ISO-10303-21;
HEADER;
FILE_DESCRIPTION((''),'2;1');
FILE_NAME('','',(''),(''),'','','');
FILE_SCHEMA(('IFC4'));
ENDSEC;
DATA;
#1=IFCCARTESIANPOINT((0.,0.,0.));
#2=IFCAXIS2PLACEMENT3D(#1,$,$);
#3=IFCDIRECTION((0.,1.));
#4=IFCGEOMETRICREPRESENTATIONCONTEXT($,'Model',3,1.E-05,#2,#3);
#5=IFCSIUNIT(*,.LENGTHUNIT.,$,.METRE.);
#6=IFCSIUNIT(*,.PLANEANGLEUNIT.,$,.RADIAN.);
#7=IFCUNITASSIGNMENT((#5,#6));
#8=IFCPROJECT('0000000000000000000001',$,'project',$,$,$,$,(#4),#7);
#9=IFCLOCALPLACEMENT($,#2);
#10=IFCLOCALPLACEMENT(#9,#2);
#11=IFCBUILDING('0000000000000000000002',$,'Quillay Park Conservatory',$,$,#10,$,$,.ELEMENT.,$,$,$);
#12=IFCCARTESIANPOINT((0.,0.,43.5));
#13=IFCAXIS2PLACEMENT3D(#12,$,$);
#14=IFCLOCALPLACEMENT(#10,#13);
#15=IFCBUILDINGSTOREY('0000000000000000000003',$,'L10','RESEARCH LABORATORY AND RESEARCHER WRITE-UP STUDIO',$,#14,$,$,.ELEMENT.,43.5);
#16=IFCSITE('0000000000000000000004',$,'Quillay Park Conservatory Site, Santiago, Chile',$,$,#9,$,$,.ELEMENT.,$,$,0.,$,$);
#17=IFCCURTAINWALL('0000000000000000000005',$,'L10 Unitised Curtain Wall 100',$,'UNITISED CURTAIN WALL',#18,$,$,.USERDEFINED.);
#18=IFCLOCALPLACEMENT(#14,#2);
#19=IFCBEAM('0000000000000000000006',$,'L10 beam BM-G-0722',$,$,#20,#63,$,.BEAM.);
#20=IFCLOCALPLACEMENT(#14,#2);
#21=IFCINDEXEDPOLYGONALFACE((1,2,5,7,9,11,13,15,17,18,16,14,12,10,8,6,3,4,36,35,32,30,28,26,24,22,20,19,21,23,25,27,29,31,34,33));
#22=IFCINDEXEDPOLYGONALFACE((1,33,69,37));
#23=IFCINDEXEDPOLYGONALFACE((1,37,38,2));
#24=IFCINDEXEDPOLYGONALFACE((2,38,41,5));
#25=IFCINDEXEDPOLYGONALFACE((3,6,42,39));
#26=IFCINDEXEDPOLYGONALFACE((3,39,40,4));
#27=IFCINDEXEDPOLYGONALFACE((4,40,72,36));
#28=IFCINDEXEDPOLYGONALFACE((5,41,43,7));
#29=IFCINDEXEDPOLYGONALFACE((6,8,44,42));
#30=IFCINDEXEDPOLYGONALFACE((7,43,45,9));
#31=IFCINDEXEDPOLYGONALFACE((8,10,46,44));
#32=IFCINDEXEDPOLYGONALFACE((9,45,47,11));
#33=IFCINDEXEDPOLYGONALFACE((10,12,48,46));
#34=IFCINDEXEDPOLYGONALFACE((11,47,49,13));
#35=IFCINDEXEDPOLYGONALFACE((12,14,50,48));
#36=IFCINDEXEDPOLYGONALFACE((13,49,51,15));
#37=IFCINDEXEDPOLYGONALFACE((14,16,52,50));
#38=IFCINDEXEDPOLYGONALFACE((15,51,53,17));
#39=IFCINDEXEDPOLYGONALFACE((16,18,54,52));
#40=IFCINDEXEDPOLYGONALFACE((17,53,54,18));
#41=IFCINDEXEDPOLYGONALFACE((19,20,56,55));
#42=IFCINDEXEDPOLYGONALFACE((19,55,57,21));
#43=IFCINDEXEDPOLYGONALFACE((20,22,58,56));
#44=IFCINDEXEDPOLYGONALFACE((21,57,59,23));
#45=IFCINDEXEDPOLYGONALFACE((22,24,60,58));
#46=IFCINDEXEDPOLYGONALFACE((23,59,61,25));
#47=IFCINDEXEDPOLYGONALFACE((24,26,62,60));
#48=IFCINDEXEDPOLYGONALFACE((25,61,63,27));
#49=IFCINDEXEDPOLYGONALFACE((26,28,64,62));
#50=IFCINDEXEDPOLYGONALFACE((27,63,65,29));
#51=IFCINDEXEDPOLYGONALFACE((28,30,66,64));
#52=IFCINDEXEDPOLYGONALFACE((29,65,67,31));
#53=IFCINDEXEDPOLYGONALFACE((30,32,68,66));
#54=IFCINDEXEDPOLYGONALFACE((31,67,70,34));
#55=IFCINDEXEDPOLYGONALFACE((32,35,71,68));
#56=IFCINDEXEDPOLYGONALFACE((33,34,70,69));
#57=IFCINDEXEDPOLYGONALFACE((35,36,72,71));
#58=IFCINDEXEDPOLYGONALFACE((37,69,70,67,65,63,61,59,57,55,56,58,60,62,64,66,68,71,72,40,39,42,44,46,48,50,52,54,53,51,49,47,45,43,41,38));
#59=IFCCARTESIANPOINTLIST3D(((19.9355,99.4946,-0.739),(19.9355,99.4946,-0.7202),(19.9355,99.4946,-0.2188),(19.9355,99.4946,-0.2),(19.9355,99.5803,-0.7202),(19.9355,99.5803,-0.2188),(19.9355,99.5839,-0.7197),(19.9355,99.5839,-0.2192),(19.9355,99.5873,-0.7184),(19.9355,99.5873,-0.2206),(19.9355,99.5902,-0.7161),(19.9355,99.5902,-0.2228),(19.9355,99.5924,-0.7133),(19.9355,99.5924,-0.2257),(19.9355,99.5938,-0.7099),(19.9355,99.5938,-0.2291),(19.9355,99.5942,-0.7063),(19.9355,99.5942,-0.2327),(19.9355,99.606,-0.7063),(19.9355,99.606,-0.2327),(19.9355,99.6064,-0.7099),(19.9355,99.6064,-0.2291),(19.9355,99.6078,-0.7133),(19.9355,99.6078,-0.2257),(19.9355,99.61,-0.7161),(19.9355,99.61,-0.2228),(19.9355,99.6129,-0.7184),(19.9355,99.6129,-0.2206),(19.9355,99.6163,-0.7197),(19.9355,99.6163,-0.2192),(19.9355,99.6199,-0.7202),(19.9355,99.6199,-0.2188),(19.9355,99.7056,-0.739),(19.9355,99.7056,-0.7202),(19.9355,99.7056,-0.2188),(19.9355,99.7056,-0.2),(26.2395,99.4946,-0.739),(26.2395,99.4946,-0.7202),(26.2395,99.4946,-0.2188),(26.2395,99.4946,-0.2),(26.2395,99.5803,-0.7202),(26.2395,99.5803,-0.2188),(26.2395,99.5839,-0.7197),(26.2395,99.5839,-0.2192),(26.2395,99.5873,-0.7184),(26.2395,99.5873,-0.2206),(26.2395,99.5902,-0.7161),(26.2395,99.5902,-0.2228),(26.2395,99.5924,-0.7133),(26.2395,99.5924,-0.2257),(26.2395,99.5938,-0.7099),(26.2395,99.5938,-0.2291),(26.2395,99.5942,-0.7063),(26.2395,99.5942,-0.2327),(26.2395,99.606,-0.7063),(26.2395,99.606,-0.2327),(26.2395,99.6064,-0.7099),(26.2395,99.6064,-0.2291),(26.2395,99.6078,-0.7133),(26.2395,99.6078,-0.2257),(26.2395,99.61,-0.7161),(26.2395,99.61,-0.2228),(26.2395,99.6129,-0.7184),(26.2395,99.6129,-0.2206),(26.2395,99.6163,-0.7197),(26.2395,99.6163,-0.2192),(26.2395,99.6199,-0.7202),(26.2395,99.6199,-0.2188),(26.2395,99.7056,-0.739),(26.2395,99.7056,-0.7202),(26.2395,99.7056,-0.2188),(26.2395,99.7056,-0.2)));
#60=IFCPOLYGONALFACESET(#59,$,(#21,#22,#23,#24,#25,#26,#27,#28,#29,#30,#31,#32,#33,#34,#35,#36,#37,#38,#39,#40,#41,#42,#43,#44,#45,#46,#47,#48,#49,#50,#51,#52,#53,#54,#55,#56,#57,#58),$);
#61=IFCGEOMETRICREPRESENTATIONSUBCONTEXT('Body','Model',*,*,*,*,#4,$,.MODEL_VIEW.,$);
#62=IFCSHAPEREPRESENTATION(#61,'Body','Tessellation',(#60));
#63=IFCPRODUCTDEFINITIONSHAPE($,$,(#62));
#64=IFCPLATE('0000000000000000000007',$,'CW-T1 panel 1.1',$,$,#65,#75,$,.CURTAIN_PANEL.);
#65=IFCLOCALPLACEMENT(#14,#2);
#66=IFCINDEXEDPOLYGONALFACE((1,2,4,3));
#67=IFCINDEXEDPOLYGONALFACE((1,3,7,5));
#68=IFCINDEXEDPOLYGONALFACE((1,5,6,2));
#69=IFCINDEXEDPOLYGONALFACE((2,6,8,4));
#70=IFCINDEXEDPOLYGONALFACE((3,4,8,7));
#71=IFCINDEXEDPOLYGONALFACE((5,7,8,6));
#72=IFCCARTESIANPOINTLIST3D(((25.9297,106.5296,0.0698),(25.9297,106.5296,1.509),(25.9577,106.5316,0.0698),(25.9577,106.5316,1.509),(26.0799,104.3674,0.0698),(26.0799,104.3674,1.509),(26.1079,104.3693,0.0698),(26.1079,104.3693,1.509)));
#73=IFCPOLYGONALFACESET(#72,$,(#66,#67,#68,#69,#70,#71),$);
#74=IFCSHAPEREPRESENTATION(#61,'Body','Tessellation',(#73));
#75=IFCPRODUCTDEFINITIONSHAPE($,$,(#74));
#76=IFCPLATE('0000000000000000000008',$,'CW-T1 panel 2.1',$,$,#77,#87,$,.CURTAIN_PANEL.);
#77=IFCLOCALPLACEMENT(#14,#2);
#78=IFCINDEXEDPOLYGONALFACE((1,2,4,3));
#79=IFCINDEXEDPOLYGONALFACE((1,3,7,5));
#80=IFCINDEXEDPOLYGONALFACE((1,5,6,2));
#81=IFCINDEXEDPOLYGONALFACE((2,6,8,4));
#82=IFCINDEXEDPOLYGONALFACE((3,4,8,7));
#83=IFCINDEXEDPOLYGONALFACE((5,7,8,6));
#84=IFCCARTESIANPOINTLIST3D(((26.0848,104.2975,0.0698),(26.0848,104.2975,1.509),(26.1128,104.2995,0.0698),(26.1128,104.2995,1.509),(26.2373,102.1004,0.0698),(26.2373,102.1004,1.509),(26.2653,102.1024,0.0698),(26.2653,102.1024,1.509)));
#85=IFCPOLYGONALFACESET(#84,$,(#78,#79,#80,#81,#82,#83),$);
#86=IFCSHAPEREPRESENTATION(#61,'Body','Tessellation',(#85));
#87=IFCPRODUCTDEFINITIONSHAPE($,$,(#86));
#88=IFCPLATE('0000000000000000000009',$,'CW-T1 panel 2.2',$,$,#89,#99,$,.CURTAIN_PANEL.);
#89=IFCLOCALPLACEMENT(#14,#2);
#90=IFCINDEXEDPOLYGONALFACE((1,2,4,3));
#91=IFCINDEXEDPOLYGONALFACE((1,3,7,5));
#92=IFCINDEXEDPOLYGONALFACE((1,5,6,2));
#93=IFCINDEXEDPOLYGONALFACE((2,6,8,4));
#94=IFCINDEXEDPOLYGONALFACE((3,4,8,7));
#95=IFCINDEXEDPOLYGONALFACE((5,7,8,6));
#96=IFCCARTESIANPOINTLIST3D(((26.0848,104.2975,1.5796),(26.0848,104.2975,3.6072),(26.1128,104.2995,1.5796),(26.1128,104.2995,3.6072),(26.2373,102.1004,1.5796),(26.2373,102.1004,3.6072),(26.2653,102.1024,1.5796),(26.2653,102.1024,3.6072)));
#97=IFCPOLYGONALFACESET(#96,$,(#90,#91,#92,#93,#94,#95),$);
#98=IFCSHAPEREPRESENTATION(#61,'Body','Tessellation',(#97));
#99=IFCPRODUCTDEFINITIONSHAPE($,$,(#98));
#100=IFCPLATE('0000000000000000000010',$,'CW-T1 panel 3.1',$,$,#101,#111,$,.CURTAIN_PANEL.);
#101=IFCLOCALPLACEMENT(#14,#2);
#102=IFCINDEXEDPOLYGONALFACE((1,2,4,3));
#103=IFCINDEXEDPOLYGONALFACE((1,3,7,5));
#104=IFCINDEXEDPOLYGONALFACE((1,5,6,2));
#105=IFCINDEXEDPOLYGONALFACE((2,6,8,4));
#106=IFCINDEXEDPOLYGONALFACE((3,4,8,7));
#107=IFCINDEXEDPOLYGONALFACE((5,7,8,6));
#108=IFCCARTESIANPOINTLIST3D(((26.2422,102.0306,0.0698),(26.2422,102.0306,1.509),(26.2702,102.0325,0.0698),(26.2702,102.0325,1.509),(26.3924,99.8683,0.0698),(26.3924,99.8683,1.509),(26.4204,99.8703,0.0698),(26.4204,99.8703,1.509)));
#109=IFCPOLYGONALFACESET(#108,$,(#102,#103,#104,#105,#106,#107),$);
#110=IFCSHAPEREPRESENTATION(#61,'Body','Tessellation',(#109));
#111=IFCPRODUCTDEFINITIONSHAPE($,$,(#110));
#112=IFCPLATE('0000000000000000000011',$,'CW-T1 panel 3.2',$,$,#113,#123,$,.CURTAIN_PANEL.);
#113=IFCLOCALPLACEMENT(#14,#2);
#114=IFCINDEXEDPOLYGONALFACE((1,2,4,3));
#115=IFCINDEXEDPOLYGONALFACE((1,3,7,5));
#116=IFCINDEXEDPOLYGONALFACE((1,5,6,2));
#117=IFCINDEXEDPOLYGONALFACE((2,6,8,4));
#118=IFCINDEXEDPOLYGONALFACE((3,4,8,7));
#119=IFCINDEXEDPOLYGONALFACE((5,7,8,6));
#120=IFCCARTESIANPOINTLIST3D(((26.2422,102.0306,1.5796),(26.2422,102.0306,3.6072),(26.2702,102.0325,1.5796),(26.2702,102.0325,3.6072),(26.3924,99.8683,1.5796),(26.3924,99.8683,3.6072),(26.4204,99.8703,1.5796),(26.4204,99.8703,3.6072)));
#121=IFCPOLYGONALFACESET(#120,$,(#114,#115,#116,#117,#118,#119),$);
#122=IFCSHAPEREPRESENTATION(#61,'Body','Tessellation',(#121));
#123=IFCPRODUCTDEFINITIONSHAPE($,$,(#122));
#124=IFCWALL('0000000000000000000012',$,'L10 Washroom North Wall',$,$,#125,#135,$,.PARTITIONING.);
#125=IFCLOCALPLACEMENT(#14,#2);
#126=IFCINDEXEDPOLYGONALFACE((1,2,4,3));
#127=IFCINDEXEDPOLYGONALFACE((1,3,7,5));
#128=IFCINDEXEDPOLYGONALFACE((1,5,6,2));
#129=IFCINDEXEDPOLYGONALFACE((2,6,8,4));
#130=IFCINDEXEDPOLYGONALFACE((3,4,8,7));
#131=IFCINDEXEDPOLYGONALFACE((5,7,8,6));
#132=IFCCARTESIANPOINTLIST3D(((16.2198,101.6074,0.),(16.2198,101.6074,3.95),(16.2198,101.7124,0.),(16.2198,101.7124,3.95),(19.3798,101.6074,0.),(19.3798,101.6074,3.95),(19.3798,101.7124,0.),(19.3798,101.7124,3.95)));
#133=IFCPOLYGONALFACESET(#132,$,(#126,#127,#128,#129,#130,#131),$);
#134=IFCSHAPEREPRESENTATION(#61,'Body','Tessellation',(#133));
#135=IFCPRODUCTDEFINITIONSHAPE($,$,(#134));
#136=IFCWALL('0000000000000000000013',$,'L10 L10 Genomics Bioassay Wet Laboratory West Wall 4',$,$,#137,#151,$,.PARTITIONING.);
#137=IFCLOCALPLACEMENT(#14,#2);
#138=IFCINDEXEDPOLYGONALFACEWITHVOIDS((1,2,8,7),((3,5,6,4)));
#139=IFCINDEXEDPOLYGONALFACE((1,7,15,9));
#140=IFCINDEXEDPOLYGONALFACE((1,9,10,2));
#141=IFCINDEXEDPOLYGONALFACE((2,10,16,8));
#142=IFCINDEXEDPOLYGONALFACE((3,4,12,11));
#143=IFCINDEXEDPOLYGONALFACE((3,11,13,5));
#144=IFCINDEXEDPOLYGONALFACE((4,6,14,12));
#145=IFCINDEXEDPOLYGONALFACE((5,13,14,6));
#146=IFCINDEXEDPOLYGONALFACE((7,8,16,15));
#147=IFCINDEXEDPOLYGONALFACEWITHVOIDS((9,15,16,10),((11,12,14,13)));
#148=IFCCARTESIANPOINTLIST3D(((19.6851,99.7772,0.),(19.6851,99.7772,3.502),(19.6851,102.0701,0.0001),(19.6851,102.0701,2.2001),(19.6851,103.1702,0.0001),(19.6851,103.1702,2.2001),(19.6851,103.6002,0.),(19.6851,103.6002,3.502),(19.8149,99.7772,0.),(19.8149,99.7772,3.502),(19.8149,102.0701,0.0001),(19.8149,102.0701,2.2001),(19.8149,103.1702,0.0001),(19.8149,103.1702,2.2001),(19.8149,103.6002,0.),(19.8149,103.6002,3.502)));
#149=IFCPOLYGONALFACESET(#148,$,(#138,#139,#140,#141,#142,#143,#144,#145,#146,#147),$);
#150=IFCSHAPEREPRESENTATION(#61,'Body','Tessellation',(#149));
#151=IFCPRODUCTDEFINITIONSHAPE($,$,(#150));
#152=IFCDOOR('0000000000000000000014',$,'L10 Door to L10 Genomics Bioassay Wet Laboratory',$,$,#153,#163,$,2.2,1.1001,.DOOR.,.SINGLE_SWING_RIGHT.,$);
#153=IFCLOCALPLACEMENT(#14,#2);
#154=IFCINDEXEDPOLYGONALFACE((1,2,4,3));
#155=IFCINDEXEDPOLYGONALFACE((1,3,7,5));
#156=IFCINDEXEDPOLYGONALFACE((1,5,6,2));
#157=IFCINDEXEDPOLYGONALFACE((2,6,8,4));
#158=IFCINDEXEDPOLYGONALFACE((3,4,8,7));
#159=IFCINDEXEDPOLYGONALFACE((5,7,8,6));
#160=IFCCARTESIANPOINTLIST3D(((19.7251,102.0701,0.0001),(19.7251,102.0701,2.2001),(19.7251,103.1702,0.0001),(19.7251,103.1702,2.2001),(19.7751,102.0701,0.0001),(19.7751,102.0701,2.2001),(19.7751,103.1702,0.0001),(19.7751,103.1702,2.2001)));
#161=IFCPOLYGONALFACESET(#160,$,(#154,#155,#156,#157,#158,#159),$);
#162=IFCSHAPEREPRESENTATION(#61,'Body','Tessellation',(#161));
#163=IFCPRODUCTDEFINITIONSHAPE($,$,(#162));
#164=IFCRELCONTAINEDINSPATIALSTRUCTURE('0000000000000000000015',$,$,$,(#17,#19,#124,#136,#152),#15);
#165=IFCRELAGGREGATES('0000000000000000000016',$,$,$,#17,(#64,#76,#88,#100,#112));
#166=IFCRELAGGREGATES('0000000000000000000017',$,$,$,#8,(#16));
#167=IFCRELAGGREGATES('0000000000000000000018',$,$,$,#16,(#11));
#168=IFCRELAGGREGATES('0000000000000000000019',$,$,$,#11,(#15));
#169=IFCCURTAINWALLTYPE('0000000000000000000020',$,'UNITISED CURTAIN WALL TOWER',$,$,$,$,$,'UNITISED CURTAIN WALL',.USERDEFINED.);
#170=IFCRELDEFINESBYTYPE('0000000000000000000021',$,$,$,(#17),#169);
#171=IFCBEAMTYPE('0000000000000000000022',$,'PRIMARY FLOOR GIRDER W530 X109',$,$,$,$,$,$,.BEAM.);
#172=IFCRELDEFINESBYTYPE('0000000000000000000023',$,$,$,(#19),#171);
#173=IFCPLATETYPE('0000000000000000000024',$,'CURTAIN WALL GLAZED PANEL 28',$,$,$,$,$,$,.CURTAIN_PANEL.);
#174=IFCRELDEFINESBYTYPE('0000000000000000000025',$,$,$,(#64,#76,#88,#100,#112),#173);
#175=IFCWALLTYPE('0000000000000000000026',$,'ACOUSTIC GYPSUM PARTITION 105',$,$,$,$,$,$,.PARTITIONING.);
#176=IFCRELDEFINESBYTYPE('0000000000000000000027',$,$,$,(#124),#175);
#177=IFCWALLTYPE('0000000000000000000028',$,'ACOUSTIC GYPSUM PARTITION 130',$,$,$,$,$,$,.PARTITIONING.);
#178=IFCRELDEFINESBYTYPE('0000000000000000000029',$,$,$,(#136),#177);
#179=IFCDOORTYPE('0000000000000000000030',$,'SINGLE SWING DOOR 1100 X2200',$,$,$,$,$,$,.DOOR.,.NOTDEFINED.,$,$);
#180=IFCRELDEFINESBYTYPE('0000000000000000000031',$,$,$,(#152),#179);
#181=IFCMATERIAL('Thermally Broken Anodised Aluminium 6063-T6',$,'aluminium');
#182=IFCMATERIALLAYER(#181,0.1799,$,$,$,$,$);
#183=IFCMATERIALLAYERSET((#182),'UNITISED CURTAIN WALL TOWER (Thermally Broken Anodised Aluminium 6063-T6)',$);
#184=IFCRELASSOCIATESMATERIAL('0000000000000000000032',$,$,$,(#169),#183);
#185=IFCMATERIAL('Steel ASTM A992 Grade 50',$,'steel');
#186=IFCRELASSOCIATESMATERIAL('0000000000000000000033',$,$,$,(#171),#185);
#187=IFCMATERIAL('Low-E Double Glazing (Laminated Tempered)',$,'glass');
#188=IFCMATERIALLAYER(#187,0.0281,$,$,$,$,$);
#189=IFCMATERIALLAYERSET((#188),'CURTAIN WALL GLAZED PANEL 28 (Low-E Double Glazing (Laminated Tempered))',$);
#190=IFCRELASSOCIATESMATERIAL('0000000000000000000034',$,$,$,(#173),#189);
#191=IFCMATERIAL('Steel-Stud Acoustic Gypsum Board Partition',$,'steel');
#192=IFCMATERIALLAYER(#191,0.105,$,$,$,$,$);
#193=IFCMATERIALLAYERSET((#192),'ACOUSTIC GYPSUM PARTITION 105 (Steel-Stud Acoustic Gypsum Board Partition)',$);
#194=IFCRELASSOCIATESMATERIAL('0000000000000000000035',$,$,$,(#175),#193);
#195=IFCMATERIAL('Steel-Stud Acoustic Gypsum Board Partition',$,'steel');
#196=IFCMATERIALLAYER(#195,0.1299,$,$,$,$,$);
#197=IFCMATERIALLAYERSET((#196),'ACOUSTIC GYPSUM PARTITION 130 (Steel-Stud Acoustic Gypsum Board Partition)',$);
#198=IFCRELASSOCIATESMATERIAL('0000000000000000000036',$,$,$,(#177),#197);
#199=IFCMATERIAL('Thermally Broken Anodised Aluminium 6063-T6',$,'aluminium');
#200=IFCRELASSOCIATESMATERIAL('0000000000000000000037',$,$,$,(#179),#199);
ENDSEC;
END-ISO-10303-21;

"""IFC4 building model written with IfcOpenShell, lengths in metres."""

from ifc_helpers import new_model, si_unit, direction, frame, frame_2d, origin, origin_2d, place, context, subcontext, project, spatial, rectangle, i_section, extrude, material, layer, layer_set, material_profile, profile_set, type_object, element, fill, aggregate, save


model = new_model("IFC4")

# Units and contexts
model_context = context("Model", 3, precision=1e-05, world=origin(), true_north=direction((0.0, 1.0)))
body_context = subcontext(model_context, "Body", "Model", "MODEL_VIEW")
ifc_project = project(units=[si_unit("LENGTHUNIT", "METRE"), si_unit("PLANEANGLEUNIT", "RADIAN")], contexts=[model_context])

# Site, building, storey
site_placement = place(None, origin())
site = spatial("IfcSite", under=ifc_project, at=site_placement, Name="Quillay Park Conservatory Site, Santiago, Chile", CompositionType="ELEMENT", RefElevation=0.0)
building_placement = place(site_placement, origin())
building = spatial("IfcBuilding", under=site, at=building_placement, Name="Quillay Park Conservatory", CompositionType="ELEMENT")
storey_placement = place(building_placement, frame((0.0, 0.0, 43.5)))
storey = spatial("IfcBuildingStorey", under=building, at=storey_placement, Name="L10", Description="RESEARCH LABORATORY AND RESEARCHER WRITE-UP STUDIO", CompositionType="ELEMENT", Elevation=43.5)

# Curtain wall
ifc_material_1 = material(Name="Thermally Broken Anodised Aluminium 6063-T6", Category="aluminium")
ifc_layer_1 = layer(ifc_material_1, 0.1799)
ifc_layer_set_1 = layer_set([ifc_layer_1], Name="UNITISED CURTAIN WALL TOWER (Thermally Broken Anodised Aluminium 6063-T6)")
curtain_wall_type = type_object("IfcCurtainWallType", Name="UNITISED CURTAIN WALL TOWER", ElementType="UNITISED CURTAIN WALL", PredefinedType="USERDEFINED", material=ifc_layer_set_1)
curtain_wall_placement = place(storey_placement, origin())
curtain_wall = element("IfcCurtainWall", 1, at=curtain_wall_placement, inside=storey, type_object=curtain_wall_type, Name="L10 Unitised Curtain Wall 100", ObjectType="UNITISED CURTAIN WALL", PredefinedType="USERDEFINED")

# Beam
ifc_material_2 = material(Name="Steel ASTM A992 Grade 50", Category="steel")
ifc_material_profile_1 = material_profile(ifc_material_2, i_section(OverallWidth=0.2109, OverallDepth=0.5391, WebThickness=0.0117, FlangeThickness=0.0188, FilletRadius=0.0139, at=origin_2d()), Name="W530x109")
ifc_profile_set_1 = profile_set([ifc_material_profile_1], Name="Steel ASTM A992 Grade 50")
beam_type_1 = type_object("IfcBeamType", Name="PRIMARY FLOOR GIRDER W530 X109", PredefinedType="BEAM", material=ifc_profile_set_1)
beam_1_placement = place(storey_placement, frame((19.9355, 99.6001, -0.4695), z_axis=(1.0, 0.0, 0.0), x_axis=(0.0, 1.0, 0.0)))
element("IfcBeam", 2, at=beam_1_placement, inside=storey, type_object=beam_type_1, Name="L10 beam BM-G-0722", PredefinedType="BEAM", context=body_context, shape_type="SweptSolid", body=[
    extrude(i_section(OverallWidth=0.2109, OverallDepth=0.5391, WebThickness=0.0117, FlangeThickness=0.0188, FilletRadius=0.0139, at=origin_2d()), origin(), (0.0, 0.0, 1.0), 6.304),
])

# Plates
ifc_material_3 = material(Name="Low-E Double Glazing (Laminated Tempered)", Category="glass")
ifc_layer_2 = layer(ifc_material_3, 0.0281)
ifc_layer_set_2 = layer_set([ifc_layer_2], Name="CURTAIN WALL GLAZED PANEL 28 (Low-E Double Glazing (Laminated Tempered))")
plate_type = type_object("IfcPlateType", Name="CURTAIN WALL GLAZED PANEL 28", PredefinedType="CURTAIN_PANEL", material=ifc_layer_set_2)
plate_1_placement = place(storey_placement, frame((26.0188, 105.4495, 0.0698), z_axis=(0.0, 0.0, 1.0), x_axis=(0.069264, -0.997598, 0.0)))
plate_1 = element("IfcPlate", 3, at=plate_1_placement, type_object=plate_type, Name="CW-T1 panel 1.1", PredefinedType="CURTAIN_PANEL", context=body_context, shape_type="SweptSolid", body=[
    extrude(rectangle(XDim=2.1675, YDim=0.0281, at=origin_2d()), origin(), (0.0, 0.0, 1.0), 1.4392),
])
plate_2_placement = place(storey_placement, frame((26.175, 103.2, 0.0698), z_axis=(0.0, 0.0, 1.0), x_axis=(0.069264, -0.997598, 0.0)))
plate_2 = element("IfcPlate", 4, at=plate_2_placement, type_object=plate_type, Name="CW-T1 panel 2.1", PredefinedType="CURTAIN_PANEL", context=body_context, shape_type="SweptSolid", body=[
    extrude(rectangle(XDim=2.2024, YDim=0.0281, at=origin_2d()), origin(), (0.0, 0.0, 1.0), 1.4392),
])
plate_3_placement = place(storey_placement, frame((26.175, 103.2, 1.5796), z_axis=(0.0, 0.0, 1.0), x_axis=(0.069264, -0.997598, 0.0)))
plate_3 = element("IfcPlate", 5, at=plate_3_placement, type_object=plate_type, Name="CW-T1 panel 2.2", PredefinedType="CURTAIN_PANEL", context=body_context, shape_type="SweptSolid", body=[
    extrude(rectangle(XDim=2.2024, YDim=0.0281, at=origin_2d()), origin(), (0.0, 0.0, 1.0), 2.0276),
])
plate_4_placement = place(storey_placement, frame((26.3313, 100.9504, 0.0698), z_axis=(0.0, 0.0, 1.0), x_axis=(0.069264, -0.997598, 0.0)))
plate_4 = element("IfcPlate", 6, at=plate_4_placement, type_object=plate_type, Name="CW-T1 panel 3.1", PredefinedType="CURTAIN_PANEL", context=body_context, shape_type="SweptSolid", body=[
    extrude(rectangle(XDim=2.1675, YDim=0.0281, at=origin_2d()), origin(), (0.0, 0.0, 1.0), 1.4392),
])
plate_5_placement = place(storey_placement, frame((26.3313, 100.9504, 1.5796), z_axis=(0.0, 0.0, 1.0), x_axis=(0.069264, -0.997598, 0.0)))
plate_5 = element("IfcPlate", 7, at=plate_5_placement, type_object=plate_type, Name="CW-T1 panel 3.2", PredefinedType="CURTAIN_PANEL", context=body_context, shape_type="SweptSolid", body=[
    extrude(rectangle(XDim=2.1675, YDim=0.0281, at=origin_2d()), origin(), (0.0, 0.0, 1.0), 2.0276),
])
aggregate(curtain_wall, [plate_1, plate_2, plate_3, plate_4, plate_5])

# Wall
ifc_material_4 = material(Name="Steel-Stud Acoustic Gypsum Board Partition", Category="steel")
ifc_layer_3 = layer(ifc_material_4, 0.105)
ifc_layer_set_3 = layer_set([ifc_layer_3], Name="ACOUSTIC GYPSUM PARTITION 105 (Steel-Stud Acoustic Gypsum Board Partition)")
wall_type_1 = type_object("IfcWallType", Name="ACOUSTIC GYPSUM PARTITION 105", PredefinedType="PARTITIONING", material=ifc_layer_set_3)
wall_1_placement = place(storey_placement, frame((19.3799, 101.6599, 0.0), z_axis=(0.0, 0.0, 1.0), x_axis=(-1.0, 0.0, 0.0)))
element("IfcWall", 8, at=wall_1_placement, inside=storey, type_object=wall_type_1, Name="L10 Washroom North Wall", PredefinedType="PARTITIONING", context=body_context, shape_type="SweptSolid", body=[
    extrude(rectangle(XDim=3.1599, YDim=0.105, at=frame_2d((1.5801, 0.0))), origin(), (0.0, 0.0, 1.0), 3.95),
])

# Wall, opening, door
ifc_material_5 = material(Name="Steel-Stud Acoustic Gypsum Board Partition", Category="steel")
ifc_layer_4 = layer(ifc_material_5, 0.1299)
ifc_layer_set_4 = layer_set([ifc_layer_4], Name="ACOUSTIC GYPSUM PARTITION 130 (Steel-Stud Acoustic Gypsum Board Partition)")
wall_type_2 = type_object("IfcWallType", Name="ACOUSTIC GYPSUM PARTITION 130", PredefinedType="PARTITIONING", material=ifc_layer_set_4)
wall_2_placement = place(storey_placement, frame((19.75, 99.7771, 0.0), z_axis=(0.0, 0.0, 1.0), x_axis=(0.0, 1.0, 0.0)))
wall_2 = element("IfcWall", 9, at=wall_2_placement, inside=storey, type_object=wall_type_2, Name="L10 L10 Genomics Bioassay Wet Laboratory West Wall 4", PredefinedType="PARTITIONING", context=body_context, shape_type="SweptSolid", body=[
    extrude(rectangle(XDim=3.823, YDim=0.1299, at=frame_2d((1.9116, 0.0))), origin(), (0.0, 0.0, 1.0), 3.502),
])
opening_placement = place(wall_2_placement, frame((2.293, 0.0, 0.0)))
opening = element("IfcOpeningElement", 10, at=opening_placement, cuts=wall_2, PredefinedType="OPENING", context=body_context, shape_type="SweptSolid", body=[
    extrude(rectangle(XDim=1.1001, YDim=2.2, at=frame_2d((0.55, 1.1001))), frame((0.0, 0.0649, 0.0), z_axis=(0.0, -1.0, 0.0), x_axis=(1.0, 0.0, 0.0)), (0.0, 0.0, 1.0), 0.1299),
])
ifc_material_6 = material(Name="Thermally Broken Anodised Aluminium 6063-T6", Category="aluminium")
door_type = type_object("IfcDoorType", Name="SINGLE SWING DOOR 1100 X2200", OperationType="NOTDEFINED", PredefinedType="DOOR", material=ifc_material_6)
door_placement = place(opening_placement, origin())
door = element("IfcDoor", 11, at=door_placement, inside=storey, type_object=door_type, Name="L10 Door to L10 Genomics Bioassay Wet Laboratory", OperationType="SINGLE_SWING_RIGHT", OverallHeight=2.2, OverallWidth=1.1001, PredefinedType="DOOR", context=body_context, shape_type="SweptSolid", body=[
    extrude(rectangle(XDim=1.1001, YDim=2.2, at=frame_2d((0.55, 1.1001))), frame((0.0, 0.0249, 0.0), z_axis=(0.0, -1.0, 0.0), x_axis=(1.0, 0.0, 0.0)), (0.0, 0.0, 1.0), 0.05),
])
fill(opening, door)

save(model, "model.ifc")
